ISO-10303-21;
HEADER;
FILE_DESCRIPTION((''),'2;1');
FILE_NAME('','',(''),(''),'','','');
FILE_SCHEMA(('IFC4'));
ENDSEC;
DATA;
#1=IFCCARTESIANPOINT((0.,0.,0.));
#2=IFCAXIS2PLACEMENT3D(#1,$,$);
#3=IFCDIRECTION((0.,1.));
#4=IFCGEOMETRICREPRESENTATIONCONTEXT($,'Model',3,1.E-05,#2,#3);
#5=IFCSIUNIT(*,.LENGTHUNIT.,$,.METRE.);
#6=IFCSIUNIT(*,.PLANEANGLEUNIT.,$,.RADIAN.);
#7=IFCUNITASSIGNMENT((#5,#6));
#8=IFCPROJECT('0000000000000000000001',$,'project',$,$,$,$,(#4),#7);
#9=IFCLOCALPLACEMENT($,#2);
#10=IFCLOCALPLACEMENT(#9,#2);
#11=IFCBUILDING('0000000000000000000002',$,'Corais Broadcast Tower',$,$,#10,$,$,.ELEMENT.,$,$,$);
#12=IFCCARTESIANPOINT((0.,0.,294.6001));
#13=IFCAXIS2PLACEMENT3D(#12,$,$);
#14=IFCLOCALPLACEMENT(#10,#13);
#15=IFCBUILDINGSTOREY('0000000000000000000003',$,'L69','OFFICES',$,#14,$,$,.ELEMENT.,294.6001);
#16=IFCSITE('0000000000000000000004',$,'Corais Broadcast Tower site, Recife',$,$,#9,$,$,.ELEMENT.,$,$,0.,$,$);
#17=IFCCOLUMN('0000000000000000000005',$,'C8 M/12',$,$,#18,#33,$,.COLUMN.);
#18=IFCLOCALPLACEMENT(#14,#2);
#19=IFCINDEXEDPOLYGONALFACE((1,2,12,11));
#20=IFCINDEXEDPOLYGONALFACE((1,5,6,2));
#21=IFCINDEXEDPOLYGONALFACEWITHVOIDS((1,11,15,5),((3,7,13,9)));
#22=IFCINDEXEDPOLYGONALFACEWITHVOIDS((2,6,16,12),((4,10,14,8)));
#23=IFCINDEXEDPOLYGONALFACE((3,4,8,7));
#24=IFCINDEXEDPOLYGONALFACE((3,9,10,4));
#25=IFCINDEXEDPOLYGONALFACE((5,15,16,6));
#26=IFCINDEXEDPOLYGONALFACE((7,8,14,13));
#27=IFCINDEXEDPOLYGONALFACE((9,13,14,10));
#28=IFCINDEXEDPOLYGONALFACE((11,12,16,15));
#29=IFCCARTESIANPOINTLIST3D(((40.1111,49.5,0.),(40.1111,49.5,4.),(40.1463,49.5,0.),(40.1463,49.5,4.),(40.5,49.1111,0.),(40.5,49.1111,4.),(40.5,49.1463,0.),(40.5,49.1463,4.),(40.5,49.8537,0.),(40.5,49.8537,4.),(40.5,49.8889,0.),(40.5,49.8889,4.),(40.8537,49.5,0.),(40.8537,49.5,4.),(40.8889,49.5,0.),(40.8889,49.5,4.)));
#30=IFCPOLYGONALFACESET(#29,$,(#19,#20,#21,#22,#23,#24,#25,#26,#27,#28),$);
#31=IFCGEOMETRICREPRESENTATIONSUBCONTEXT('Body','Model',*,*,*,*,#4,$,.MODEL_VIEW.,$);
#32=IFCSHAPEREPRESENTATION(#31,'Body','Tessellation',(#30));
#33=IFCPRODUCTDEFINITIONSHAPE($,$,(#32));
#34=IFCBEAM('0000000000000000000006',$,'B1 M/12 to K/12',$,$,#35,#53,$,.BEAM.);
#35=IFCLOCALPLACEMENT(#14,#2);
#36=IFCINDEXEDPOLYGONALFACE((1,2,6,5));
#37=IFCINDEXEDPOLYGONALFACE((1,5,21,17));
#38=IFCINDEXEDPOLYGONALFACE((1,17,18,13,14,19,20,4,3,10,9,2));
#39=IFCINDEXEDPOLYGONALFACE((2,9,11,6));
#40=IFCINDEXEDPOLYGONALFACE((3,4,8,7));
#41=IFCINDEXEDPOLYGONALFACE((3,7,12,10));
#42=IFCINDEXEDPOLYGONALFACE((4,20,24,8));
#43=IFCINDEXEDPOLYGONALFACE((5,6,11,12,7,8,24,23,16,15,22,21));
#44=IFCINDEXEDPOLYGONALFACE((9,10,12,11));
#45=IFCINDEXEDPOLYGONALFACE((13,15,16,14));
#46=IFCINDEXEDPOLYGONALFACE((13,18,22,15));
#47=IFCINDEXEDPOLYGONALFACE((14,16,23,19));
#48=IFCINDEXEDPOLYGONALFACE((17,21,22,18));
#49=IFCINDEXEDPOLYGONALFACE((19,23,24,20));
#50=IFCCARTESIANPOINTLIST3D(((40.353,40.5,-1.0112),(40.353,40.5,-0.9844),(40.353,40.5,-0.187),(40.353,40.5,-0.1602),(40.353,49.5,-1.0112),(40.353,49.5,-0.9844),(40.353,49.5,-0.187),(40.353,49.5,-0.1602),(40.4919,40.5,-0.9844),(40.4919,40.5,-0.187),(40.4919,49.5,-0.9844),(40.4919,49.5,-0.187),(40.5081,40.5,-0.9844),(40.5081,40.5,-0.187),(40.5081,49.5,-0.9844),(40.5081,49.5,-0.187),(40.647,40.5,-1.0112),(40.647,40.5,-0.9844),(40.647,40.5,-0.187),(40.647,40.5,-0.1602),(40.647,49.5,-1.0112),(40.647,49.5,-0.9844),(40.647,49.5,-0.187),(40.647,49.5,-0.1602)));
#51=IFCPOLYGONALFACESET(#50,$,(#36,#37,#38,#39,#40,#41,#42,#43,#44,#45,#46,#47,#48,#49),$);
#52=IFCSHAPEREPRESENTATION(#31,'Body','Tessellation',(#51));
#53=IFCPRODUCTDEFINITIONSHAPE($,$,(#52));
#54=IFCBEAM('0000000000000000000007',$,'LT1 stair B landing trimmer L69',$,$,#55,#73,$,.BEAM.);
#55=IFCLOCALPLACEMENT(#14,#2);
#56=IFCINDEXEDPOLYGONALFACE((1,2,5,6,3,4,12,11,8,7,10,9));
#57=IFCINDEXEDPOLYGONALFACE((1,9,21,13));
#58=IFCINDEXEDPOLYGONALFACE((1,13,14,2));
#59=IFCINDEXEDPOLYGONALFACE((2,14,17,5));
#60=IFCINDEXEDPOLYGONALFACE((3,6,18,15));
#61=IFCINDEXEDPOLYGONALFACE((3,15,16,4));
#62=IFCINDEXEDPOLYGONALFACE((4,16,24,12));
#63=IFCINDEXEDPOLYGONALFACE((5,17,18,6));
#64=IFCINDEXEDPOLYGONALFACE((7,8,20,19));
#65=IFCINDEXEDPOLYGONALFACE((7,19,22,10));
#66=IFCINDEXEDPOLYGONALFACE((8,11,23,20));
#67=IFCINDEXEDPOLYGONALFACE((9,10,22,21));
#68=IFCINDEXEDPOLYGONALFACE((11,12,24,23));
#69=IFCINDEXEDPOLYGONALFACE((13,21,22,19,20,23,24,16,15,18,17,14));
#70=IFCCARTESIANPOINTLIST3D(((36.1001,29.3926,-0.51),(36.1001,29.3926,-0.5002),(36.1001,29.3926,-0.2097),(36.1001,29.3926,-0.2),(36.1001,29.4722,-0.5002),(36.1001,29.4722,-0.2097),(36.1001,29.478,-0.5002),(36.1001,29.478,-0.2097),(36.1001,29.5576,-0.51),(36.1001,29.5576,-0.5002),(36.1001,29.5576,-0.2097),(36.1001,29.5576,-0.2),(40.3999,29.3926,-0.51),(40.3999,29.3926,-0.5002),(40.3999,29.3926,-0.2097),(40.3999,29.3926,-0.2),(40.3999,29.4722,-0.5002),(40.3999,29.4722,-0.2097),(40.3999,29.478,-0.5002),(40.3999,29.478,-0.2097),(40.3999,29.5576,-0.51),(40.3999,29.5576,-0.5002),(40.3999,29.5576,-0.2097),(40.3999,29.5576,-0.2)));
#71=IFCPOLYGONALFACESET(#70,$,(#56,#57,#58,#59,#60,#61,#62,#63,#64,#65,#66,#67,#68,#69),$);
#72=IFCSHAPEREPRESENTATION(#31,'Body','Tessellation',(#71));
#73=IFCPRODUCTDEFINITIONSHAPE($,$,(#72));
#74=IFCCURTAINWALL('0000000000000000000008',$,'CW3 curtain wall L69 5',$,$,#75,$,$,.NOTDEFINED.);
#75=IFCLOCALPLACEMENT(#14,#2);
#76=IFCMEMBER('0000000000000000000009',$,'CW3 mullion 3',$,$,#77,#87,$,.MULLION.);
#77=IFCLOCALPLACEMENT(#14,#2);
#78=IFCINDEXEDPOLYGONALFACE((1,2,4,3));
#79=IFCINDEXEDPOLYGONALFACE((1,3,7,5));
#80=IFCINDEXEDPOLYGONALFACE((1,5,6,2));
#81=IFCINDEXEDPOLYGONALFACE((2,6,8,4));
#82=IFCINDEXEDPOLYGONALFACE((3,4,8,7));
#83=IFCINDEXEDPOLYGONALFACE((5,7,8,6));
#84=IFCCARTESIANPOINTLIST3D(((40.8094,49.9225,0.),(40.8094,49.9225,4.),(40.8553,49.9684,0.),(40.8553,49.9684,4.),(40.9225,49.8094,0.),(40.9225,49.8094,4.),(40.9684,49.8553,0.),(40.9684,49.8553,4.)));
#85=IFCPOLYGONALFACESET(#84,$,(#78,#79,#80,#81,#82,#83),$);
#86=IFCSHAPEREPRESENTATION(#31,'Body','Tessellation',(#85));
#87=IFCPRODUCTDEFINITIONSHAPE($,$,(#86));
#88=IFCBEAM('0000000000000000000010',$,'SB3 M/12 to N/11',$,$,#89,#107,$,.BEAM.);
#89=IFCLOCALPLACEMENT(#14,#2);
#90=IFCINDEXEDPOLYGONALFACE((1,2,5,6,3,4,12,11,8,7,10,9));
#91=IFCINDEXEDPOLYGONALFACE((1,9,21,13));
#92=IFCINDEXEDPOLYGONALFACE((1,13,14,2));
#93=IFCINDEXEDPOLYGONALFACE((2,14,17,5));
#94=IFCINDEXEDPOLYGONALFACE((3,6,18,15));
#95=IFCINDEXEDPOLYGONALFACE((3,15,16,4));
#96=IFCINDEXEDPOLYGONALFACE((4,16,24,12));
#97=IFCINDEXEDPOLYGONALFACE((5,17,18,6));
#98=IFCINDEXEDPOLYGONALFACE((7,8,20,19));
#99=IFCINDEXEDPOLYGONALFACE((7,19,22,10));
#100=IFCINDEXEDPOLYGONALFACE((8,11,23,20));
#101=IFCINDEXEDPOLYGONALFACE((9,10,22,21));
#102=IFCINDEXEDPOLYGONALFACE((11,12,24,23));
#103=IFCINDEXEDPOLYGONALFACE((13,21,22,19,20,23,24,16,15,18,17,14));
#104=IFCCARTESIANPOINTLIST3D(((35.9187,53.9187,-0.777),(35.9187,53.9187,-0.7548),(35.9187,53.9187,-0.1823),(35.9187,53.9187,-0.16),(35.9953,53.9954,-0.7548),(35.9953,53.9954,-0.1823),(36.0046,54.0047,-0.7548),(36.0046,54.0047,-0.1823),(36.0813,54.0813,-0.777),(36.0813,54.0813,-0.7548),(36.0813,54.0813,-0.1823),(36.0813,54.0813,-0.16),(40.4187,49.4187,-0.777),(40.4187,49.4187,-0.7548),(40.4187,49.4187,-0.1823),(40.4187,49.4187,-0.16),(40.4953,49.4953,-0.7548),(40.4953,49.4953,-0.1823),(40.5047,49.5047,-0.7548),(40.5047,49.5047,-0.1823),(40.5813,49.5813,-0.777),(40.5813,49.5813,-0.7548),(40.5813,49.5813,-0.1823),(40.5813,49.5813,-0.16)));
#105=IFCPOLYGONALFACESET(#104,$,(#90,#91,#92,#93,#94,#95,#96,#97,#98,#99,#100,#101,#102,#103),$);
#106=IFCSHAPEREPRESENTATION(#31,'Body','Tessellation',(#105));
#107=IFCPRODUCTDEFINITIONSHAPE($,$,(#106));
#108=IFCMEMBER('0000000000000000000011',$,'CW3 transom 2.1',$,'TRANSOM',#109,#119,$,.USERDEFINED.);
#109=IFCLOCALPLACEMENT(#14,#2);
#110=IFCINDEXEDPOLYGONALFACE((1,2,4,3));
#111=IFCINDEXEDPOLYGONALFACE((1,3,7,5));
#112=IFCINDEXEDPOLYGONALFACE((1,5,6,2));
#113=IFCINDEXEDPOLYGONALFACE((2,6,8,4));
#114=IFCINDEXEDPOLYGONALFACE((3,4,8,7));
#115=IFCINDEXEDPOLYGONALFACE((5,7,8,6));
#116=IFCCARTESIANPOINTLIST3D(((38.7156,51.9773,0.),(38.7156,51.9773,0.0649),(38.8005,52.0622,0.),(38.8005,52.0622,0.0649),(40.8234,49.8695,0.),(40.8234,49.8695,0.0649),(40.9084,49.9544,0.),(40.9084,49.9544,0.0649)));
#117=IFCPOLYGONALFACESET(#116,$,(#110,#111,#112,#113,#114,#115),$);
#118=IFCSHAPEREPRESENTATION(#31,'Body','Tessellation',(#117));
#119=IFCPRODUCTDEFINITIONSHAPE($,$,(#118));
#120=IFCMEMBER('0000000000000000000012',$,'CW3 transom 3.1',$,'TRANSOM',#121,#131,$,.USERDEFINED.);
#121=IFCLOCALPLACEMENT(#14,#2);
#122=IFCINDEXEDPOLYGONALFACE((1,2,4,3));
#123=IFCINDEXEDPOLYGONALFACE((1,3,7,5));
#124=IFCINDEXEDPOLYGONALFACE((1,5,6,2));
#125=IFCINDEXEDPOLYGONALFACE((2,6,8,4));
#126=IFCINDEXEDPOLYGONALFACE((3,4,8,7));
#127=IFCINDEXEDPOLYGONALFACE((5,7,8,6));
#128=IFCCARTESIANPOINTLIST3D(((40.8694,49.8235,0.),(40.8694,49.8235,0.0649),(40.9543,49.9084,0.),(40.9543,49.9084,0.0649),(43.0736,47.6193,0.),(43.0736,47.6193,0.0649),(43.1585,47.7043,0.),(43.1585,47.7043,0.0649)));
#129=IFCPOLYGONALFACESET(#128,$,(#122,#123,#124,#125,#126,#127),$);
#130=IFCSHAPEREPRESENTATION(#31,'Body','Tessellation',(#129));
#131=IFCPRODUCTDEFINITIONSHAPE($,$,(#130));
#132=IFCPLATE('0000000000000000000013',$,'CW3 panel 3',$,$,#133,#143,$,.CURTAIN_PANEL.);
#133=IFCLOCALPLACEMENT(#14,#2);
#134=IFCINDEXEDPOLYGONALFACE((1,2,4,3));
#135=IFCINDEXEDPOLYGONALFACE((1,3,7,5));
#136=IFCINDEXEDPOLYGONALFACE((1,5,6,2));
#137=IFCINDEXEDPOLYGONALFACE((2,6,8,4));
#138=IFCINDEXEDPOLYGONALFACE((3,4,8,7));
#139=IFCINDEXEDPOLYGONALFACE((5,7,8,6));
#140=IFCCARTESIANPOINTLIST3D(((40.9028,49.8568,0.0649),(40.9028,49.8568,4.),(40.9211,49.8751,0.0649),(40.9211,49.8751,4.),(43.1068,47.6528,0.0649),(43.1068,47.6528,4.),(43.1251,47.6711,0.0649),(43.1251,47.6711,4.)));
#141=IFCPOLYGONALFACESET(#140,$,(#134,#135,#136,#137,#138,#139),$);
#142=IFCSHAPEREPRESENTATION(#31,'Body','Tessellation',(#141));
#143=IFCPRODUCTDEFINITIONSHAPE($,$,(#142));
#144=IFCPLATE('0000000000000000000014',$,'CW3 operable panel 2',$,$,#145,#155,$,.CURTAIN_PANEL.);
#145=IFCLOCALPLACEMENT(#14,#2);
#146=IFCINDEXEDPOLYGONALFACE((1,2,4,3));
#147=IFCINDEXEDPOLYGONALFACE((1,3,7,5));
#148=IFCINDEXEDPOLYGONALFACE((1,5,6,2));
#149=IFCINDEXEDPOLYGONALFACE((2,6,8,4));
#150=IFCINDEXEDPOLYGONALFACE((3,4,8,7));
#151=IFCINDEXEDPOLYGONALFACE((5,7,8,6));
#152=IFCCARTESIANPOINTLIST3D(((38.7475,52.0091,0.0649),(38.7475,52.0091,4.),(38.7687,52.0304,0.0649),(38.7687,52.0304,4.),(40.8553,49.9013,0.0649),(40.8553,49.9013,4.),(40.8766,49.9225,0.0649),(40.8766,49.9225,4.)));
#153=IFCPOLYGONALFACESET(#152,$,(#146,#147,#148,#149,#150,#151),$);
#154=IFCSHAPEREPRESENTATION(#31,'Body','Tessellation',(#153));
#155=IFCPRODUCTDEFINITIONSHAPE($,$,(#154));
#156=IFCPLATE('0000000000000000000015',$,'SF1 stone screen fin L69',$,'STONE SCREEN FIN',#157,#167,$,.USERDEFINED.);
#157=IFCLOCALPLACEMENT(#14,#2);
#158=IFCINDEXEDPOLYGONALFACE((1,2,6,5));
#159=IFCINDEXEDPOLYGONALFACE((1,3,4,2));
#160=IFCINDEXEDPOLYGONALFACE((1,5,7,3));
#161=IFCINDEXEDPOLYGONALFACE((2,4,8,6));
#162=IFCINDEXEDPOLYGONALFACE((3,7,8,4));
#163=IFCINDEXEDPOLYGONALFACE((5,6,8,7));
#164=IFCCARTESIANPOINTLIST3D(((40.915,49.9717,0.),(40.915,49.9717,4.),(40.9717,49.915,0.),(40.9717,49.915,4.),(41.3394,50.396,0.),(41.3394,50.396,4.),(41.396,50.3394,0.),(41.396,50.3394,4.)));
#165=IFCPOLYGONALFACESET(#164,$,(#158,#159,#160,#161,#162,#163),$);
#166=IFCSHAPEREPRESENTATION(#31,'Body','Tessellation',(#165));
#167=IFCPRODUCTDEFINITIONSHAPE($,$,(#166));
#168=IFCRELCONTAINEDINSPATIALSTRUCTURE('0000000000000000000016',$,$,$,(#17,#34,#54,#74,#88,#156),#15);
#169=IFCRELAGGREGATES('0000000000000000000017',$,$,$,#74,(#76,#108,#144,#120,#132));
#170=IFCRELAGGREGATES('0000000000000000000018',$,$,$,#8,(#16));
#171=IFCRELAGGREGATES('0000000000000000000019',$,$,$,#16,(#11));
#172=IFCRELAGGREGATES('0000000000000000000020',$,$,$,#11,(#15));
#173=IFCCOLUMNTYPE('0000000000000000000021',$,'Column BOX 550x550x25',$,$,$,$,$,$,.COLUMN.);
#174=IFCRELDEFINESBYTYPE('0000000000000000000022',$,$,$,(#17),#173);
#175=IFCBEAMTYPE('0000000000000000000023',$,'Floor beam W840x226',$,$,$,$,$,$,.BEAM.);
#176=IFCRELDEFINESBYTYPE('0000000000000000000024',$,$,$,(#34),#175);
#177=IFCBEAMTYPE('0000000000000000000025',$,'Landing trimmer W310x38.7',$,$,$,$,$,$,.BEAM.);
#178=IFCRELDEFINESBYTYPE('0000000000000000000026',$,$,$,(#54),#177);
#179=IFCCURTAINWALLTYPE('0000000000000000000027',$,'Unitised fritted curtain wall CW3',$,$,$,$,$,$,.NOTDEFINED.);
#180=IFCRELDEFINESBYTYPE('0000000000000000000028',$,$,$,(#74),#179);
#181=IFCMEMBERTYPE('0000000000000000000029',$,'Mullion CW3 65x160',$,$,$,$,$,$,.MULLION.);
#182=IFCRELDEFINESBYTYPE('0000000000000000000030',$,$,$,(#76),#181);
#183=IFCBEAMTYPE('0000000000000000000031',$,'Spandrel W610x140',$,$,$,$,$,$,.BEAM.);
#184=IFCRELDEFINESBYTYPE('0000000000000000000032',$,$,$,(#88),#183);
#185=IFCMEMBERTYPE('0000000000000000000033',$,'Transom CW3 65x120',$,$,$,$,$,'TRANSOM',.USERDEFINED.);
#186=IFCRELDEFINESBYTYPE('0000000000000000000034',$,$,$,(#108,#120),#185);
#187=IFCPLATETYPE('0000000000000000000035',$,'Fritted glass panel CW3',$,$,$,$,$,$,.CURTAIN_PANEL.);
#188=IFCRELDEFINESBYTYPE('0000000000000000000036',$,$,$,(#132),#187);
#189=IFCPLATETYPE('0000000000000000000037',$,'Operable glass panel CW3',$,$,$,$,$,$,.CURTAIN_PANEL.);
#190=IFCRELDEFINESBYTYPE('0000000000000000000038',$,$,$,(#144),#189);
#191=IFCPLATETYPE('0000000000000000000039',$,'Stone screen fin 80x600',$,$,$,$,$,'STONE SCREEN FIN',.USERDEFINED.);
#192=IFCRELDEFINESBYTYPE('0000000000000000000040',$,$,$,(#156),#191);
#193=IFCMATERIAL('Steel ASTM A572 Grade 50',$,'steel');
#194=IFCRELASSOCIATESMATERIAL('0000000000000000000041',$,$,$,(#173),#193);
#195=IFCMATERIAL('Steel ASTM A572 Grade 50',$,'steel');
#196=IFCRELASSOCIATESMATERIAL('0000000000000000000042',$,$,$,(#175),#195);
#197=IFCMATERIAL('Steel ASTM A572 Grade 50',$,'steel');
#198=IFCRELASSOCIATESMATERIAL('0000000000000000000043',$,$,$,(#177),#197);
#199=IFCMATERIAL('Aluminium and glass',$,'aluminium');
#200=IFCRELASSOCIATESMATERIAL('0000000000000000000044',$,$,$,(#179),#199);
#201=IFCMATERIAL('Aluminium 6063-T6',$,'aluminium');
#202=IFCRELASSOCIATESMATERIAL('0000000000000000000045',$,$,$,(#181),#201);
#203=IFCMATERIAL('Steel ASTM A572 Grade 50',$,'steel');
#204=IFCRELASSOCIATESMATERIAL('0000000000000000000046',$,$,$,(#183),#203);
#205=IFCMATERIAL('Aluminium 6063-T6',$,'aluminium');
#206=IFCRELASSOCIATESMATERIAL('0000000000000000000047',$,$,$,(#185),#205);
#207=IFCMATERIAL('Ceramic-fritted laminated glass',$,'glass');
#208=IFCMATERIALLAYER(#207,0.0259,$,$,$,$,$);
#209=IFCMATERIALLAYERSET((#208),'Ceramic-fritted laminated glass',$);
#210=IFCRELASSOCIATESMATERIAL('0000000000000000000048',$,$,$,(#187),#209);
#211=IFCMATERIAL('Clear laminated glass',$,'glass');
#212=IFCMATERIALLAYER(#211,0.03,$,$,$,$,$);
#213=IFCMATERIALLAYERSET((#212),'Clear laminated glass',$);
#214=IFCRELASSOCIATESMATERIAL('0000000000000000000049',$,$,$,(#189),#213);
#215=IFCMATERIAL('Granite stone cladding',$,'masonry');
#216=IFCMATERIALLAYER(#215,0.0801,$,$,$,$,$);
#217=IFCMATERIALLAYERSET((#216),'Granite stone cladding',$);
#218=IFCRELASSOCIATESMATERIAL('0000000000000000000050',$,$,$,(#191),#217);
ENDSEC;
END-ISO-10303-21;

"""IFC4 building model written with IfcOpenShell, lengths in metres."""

from ifc_helpers import new_model, si_unit, direction, frame, origin, origin_2d, place, context, subcontext, project, spatial, rectangle, hollow_rectangle, i_section, extrude, material, layer, layer_set, material_profile, profile_set, type_object, element, aggregate, save


model = new_model("IFC4")

# Units and contexts
model_context = context("Model", 3, precision=1e-05, world=origin(), true_north=direction((0.0, 1.0)))
body_context = subcontext(model_context, "Body", "Model", "MODEL_VIEW")
ifc_project = project(units=[si_unit("LENGTHUNIT", "METRE"), si_unit("PLANEANGLEUNIT", "RADIAN")], contexts=[model_context])

# Site, building, storey
site_placement = place(None, origin())
site = spatial("IfcSite", under=ifc_project, at=site_placement, Name="Corais Broadcast Tower site, Recife", CompositionType="ELEMENT", RefElevation=0.0)
building_placement = place(site_placement, origin())
building = spatial("IfcBuilding", under=site, at=building_placement, Name="Corais Broadcast Tower", CompositionType="ELEMENT")
storey_placement = place(building_placement, frame((0.0, 0.0, 294.6001)))
storey = spatial("IfcBuildingStorey", under=building, at=storey_placement, Name="L69", Description="OFFICES", CompositionType="ELEMENT", Elevation=294.6001)

# Column
ifc_material_1 = material(Name="Steel ASTM A572 Grade 50", Category="steel")
ifc_material_profile_1 = material_profile(ifc_material_1, hollow_rectangle(XDim=0.55, YDim=0.55, WallThickness=0.0249, at=origin_2d()), Name="BOX 550x550x25")
ifc_profile_set_1 = profile_set([ifc_material_profile_1], Name="Steel ASTM A572 Grade 50")
column_type = type_object("IfcColumnType", Name="Column BOX 550x550x25", PredefinedType="COLUMN", material=ifc_profile_set_1)
column_placement = place(storey_placement, frame((40.5, 49.5, 0.0), z_axis=(0.0, 0.0, 1.0), x_axis=(0.707107, 0.707107, 0.0)))
element("IfcColumn", 1, at=column_placement, inside=storey, type_object=column_type, Name="C8 M/12", PredefinedType="COLUMN", context=body_context, shape_type="SweptSolid", body=[
    extrude(hollow_rectangle(XDim=0.55, YDim=0.55, WallThickness=0.0249, at=origin_2d()), origin(), (0.0, 0.0, 1.0), 4.0),
])

# Beams
ifc_material_2 = material(Name="Steel ASTM A572 Grade 50", Category="steel")
ifc_material_profile_2 = material_profile(ifc_material_2, i_section(OverallWidth=0.2939, OverallDepth=0.8511, WebThickness=0.0161, FlangeThickness=0.0269, at=origin_2d()), Name="W840x226")
ifc_profile_set_2 = profile_set([ifc_material_profile_2], Name="Steel ASTM A572 Grade 50")
beam_type_1 = type_object("IfcBeamType", Name="Floor beam W840x226", PredefinedType="BEAM", material=ifc_profile_set_2)
beam_1_placement = place(storey_placement, frame((40.5, 49.5, -0.5857), z_axis=(0.0, -1.0, 0.0), x_axis=(1.0, 0.0, 0.0)))
element("IfcBeam", 2, at=beam_1_placement, inside=storey, type_object=beam_type_1, Name="B1 M/12 to K/12", PredefinedType="BEAM", context=body_context, shape_type="SweptSolid", body=[
    extrude(i_section(OverallWidth=0.2939, OverallDepth=0.8511, WebThickness=0.0161, FlangeThickness=0.0269, at=origin_2d()), origin(), (0.0, 0.0, 1.0), 9.0),
])
ifc_material_3 = material(Name="Steel ASTM A572 Grade 50", Category="steel")
ifc_material_profile_3 = material_profile(ifc_material_3, i_section(OverallWidth=0.165, OverallDepth=0.3101, WebThickness=0.0059, FlangeThickness=0.0098, at=origin_2d()), Name="W310x38.7")
ifc_profile_set_3 = profile_set([ifc_material_profile_3], Name="Steel ASTM A572 Grade 50")
beam_type_2 = type_object("IfcBeamType", Name="Landing trimmer W310x38.7", PredefinedType="BEAM", material=ifc_profile_set_3)
beam_2_placement = place(storey_placement, frame((36.1001, 29.4751, -0.355), z_axis=(1.0, 0.0, 0.0), x_axis=(0.0, 1.0, 0.0)))
element("IfcBeam", 3, at=beam_2_placement, inside=storey, type_object=beam_type_2, Name="LT1 stair B landing trimmer L69", PredefinedType="BEAM", context=body_context, shape_type="SweptSolid", body=[
    extrude(i_section(OverallWidth=0.165, OverallDepth=0.3101, WebThickness=0.0059, FlangeThickness=0.0098, at=origin_2d()), origin(), (0.0, 0.0, 1.0), 4.2998),
])

# Curtain wall, member
ifc_material_4 = material(Name="Aluminium and glass", Category="aluminium")
curtain_wall_type = type_object("IfcCurtainWallType", Name="Unitised fritted curtain wall CW3", PredefinedType="NOTDEFINED", material=ifc_material_4)
curtain_wall_placement = place(storey_placement, origin())
curtain_wall = element("IfcCurtainWall", 4, at=curtain_wall_placement, inside=storey, type_object=curtain_wall_type, Name="CW3 curtain wall L69 5", PredefinedType="NOTDEFINED")
ifc_material_5 = material(Name="Aluminium 6063-T6", Category="aluminium")
ifc_material_profile_4 = material_profile(ifc_material_5, rectangle(XDim=0.0649, YDim=0.1599, at=origin_2d()), Name="Mullion CW3 65x160")
ifc_profile_set_4 = profile_set([ifc_material_profile_4], Name="Aluminium 6063-T6")
member_type_1 = type_object("IfcMemberType", Name="Mullion CW3 65x160", PredefinedType="MULLION", material=ifc_profile_set_4)
member_1_placement = place(storey_placement, frame((40.8889, 49.8889, 0.0), z_axis=(0.0, 0.0, 1.0), x_axis=(0.707107, 0.707107, 0.0)))
member_1 = element("IfcMember", 5, at=member_1_placement, type_object=member_type_1, Name="CW3 mullion 3", PredefinedType="MULLION", context=body_context, shape_type="SweptSolid", body=[
    extrude(rectangle(XDim=0.0649, YDim=0.1599, at=origin_2d()), origin(), (0.0, 0.0, 1.0), 4.0),
])

# Beam
ifc_material_6 = material(Name="Steel ASTM A572 Grade 50", Category="steel")
ifc_material_profile_5 = material_profile(ifc_material_6, i_section(OverallWidth=0.23, OverallDepth=0.6169, WebThickness=0.0132, FlangeThickness=0.0222, at=origin_2d()), Name="W610x140")
ifc_profile_set_5 = profile_set([ifc_material_profile_5], Name="Steel ASTM A572 Grade 50")
beam_type_3 = type_object("IfcBeamType", Name="Spandrel W610x140", PredefinedType="BEAM", material=ifc_profile_set_5)
beam_3_placement = place(storey_placement, frame((40.5, 49.5, -0.4685), z_axis=(-0.707107, 0.707107, 0.0), x_axis=(-0.707107, -0.707107, 0.0)))
element("IfcBeam", 6, at=beam_3_placement, inside=storey, type_object=beam_type_3, Name="SB3 M/12 to N/11", PredefinedType="BEAM", context=body_context, shape_type="SweptSolid", body=[
    extrude(i_section(OverallWidth=0.23, OverallDepth=0.6169, WebThickness=0.0132, FlangeThickness=0.0222, at=origin_2d()), origin(), (0.0, 0.0, 1.0), 6.364),
])

# Members
ifc_material_7 = material(Name="Aluminium 6063-T6", Category="aluminium")
ifc_material_profile_6 = material_profile(ifc_material_7, rectangle(XDim=0.1201, YDim=0.0649, at=origin_2d()), Name="Transom CW3 65x120")
ifc_profile_set_6 = profile_set([ifc_material_profile_6], Name="Aluminium 6063-T6")
member_type_2 = type_object("IfcMemberType", Name="Transom CW3 65x120", ElementType="TRANSOM", PredefinedType="USERDEFINED", material=ifc_profile_set_6)
member_2_placement = place(storey_placement, frame((38.7581, 52.0198, 0.0325), z_axis=(0.707107, -0.707107, 0.0), x_axis=(0.707107, 0.707107, 0.0)))
member_2 = element("IfcMember", 7, at=member_2_placement, type_object=member_type_2, Name="CW3 transom 2.1", ObjectType="TRANSOM", PredefinedType="USERDEFINED", context=body_context, shape_type="SweptSolid", body=[
    extrude(rectangle(XDim=0.1201, YDim=0.0649, at=origin_2d()), origin(), (0.0, 0.0, 1.0), 2.981),
])
member_3_placement = place(storey_placement, frame((40.9119, 49.866, 0.0325), z_axis=(0.707107, -0.707107, 0.0), x_axis=(0.707107, 0.707107, 0.0)))
member_3 = element("IfcMember", 8, at=member_3_placement, type_object=member_type_2, Name="CW3 transom 3.1", ObjectType="TRANSOM", PredefinedType="USERDEFINED", context=body_context, shape_type="SweptSolid", body=[
    extrude(rectangle(XDim=0.1201, YDim=0.0649, at=origin_2d()), origin(), (0.0, 0.0, 1.0), 3.1172),
])

# Plates
ifc_material_8 = material(Name="Ceramic-fritted laminated glass", Category="glass")
ifc_layer_1 = layer(ifc_material_8, 0.0259)
ifc_layer_set_1 = layer_set([ifc_layer_1], Name="Ceramic-fritted laminated glass")
plate_type_1 = type_object("IfcPlateType", Name="Fritted glass panel CW3", PredefinedType="CURTAIN_PANEL", material=ifc_layer_set_1)
plate_1_placement = place(storey_placement, frame((42.0139, 48.7639, 0.0649), z_axis=(0.0, 0.0, 1.0), x_axis=(0.707107, -0.707107, 0.0)))
plate_1 = element("IfcPlate", 9, at=plate_1_placement, type_object=plate_type_1, Name="CW3 panel 3", PredefinedType="CURTAIN_PANEL", context=body_context, shape_type="SweptSolid", body=[
    extrude(rectangle(XDim=3.1169, YDim=0.0259, at=origin_2d()), origin(), (0.0, 0.0, 1.0), 3.9351),
])
ifc_material_9 = material(Name="Clear laminated glass", Category="glass")
ifc_layer_2 = layer(ifc_material_9, 0.03)
ifc_layer_set_2 = layer_set([ifc_layer_2], Name="Clear laminated glass")
plate_type_2 = type_object("IfcPlateType", Name="Operable glass panel CW3", PredefinedType="CURTAIN_PANEL", material=ifc_layer_set_2)
plate_2_placement = place(storey_placement, frame((39.812, 50.9658, 0.0649), z_axis=(0.0, 0.0, 1.0), x_axis=(0.707107, -0.707107, 0.0)))
plate_2 = element("IfcPlate", 10, at=plate_2_placement, type_object=plate_type_2, Name="CW3 operable panel 2", PredefinedType="CURTAIN_PANEL", context=body_context, shape_type="SweptSolid", body=[
    extrude(rectangle(XDim=2.981, YDim=0.03, at=origin_2d()), origin(), (0.0, 0.0, 1.0), 3.9351),
])
aggregate(curtain_wall, [member_1, member_2, plate_2, member_3, plate_1])
ifc_material_10 = material(Name="Granite stone cladding", Category="masonry")
ifc_layer_3 = layer(ifc_material_10, 0.0801)
ifc_layer_set_3 = layer_set([ifc_layer_3], Name="Granite stone cladding")
plate_type_3 = type_object("IfcPlateType", Name="Stone screen fin 80x600", ElementType="STONE SCREEN FIN", PredefinedType="USERDEFINED", material=ifc_layer_set_3)
plate_3_placement = place(storey_placement, frame((41.1555, 50.1555, 0.0), z_axis=(0.0, 0.0, 1.0), x_axis=(0.707107, -0.707107, 0.0)))
element("IfcPlate", 11, at=plate_3_placement, inside=storey, type_object=plate_type_3, Name="SF1 stone screen fin L69", ObjectType="STONE SCREEN FIN", PredefinedType="USERDEFINED", context=body_context, shape_type="SweptSolid", body=[
    extrude(rectangle(XDim=0.0801, YDim=0.6001, at=origin_2d()), origin(), (0.0, 0.0, 1.0), 4.0),
])

save(model, "model.ifc")
